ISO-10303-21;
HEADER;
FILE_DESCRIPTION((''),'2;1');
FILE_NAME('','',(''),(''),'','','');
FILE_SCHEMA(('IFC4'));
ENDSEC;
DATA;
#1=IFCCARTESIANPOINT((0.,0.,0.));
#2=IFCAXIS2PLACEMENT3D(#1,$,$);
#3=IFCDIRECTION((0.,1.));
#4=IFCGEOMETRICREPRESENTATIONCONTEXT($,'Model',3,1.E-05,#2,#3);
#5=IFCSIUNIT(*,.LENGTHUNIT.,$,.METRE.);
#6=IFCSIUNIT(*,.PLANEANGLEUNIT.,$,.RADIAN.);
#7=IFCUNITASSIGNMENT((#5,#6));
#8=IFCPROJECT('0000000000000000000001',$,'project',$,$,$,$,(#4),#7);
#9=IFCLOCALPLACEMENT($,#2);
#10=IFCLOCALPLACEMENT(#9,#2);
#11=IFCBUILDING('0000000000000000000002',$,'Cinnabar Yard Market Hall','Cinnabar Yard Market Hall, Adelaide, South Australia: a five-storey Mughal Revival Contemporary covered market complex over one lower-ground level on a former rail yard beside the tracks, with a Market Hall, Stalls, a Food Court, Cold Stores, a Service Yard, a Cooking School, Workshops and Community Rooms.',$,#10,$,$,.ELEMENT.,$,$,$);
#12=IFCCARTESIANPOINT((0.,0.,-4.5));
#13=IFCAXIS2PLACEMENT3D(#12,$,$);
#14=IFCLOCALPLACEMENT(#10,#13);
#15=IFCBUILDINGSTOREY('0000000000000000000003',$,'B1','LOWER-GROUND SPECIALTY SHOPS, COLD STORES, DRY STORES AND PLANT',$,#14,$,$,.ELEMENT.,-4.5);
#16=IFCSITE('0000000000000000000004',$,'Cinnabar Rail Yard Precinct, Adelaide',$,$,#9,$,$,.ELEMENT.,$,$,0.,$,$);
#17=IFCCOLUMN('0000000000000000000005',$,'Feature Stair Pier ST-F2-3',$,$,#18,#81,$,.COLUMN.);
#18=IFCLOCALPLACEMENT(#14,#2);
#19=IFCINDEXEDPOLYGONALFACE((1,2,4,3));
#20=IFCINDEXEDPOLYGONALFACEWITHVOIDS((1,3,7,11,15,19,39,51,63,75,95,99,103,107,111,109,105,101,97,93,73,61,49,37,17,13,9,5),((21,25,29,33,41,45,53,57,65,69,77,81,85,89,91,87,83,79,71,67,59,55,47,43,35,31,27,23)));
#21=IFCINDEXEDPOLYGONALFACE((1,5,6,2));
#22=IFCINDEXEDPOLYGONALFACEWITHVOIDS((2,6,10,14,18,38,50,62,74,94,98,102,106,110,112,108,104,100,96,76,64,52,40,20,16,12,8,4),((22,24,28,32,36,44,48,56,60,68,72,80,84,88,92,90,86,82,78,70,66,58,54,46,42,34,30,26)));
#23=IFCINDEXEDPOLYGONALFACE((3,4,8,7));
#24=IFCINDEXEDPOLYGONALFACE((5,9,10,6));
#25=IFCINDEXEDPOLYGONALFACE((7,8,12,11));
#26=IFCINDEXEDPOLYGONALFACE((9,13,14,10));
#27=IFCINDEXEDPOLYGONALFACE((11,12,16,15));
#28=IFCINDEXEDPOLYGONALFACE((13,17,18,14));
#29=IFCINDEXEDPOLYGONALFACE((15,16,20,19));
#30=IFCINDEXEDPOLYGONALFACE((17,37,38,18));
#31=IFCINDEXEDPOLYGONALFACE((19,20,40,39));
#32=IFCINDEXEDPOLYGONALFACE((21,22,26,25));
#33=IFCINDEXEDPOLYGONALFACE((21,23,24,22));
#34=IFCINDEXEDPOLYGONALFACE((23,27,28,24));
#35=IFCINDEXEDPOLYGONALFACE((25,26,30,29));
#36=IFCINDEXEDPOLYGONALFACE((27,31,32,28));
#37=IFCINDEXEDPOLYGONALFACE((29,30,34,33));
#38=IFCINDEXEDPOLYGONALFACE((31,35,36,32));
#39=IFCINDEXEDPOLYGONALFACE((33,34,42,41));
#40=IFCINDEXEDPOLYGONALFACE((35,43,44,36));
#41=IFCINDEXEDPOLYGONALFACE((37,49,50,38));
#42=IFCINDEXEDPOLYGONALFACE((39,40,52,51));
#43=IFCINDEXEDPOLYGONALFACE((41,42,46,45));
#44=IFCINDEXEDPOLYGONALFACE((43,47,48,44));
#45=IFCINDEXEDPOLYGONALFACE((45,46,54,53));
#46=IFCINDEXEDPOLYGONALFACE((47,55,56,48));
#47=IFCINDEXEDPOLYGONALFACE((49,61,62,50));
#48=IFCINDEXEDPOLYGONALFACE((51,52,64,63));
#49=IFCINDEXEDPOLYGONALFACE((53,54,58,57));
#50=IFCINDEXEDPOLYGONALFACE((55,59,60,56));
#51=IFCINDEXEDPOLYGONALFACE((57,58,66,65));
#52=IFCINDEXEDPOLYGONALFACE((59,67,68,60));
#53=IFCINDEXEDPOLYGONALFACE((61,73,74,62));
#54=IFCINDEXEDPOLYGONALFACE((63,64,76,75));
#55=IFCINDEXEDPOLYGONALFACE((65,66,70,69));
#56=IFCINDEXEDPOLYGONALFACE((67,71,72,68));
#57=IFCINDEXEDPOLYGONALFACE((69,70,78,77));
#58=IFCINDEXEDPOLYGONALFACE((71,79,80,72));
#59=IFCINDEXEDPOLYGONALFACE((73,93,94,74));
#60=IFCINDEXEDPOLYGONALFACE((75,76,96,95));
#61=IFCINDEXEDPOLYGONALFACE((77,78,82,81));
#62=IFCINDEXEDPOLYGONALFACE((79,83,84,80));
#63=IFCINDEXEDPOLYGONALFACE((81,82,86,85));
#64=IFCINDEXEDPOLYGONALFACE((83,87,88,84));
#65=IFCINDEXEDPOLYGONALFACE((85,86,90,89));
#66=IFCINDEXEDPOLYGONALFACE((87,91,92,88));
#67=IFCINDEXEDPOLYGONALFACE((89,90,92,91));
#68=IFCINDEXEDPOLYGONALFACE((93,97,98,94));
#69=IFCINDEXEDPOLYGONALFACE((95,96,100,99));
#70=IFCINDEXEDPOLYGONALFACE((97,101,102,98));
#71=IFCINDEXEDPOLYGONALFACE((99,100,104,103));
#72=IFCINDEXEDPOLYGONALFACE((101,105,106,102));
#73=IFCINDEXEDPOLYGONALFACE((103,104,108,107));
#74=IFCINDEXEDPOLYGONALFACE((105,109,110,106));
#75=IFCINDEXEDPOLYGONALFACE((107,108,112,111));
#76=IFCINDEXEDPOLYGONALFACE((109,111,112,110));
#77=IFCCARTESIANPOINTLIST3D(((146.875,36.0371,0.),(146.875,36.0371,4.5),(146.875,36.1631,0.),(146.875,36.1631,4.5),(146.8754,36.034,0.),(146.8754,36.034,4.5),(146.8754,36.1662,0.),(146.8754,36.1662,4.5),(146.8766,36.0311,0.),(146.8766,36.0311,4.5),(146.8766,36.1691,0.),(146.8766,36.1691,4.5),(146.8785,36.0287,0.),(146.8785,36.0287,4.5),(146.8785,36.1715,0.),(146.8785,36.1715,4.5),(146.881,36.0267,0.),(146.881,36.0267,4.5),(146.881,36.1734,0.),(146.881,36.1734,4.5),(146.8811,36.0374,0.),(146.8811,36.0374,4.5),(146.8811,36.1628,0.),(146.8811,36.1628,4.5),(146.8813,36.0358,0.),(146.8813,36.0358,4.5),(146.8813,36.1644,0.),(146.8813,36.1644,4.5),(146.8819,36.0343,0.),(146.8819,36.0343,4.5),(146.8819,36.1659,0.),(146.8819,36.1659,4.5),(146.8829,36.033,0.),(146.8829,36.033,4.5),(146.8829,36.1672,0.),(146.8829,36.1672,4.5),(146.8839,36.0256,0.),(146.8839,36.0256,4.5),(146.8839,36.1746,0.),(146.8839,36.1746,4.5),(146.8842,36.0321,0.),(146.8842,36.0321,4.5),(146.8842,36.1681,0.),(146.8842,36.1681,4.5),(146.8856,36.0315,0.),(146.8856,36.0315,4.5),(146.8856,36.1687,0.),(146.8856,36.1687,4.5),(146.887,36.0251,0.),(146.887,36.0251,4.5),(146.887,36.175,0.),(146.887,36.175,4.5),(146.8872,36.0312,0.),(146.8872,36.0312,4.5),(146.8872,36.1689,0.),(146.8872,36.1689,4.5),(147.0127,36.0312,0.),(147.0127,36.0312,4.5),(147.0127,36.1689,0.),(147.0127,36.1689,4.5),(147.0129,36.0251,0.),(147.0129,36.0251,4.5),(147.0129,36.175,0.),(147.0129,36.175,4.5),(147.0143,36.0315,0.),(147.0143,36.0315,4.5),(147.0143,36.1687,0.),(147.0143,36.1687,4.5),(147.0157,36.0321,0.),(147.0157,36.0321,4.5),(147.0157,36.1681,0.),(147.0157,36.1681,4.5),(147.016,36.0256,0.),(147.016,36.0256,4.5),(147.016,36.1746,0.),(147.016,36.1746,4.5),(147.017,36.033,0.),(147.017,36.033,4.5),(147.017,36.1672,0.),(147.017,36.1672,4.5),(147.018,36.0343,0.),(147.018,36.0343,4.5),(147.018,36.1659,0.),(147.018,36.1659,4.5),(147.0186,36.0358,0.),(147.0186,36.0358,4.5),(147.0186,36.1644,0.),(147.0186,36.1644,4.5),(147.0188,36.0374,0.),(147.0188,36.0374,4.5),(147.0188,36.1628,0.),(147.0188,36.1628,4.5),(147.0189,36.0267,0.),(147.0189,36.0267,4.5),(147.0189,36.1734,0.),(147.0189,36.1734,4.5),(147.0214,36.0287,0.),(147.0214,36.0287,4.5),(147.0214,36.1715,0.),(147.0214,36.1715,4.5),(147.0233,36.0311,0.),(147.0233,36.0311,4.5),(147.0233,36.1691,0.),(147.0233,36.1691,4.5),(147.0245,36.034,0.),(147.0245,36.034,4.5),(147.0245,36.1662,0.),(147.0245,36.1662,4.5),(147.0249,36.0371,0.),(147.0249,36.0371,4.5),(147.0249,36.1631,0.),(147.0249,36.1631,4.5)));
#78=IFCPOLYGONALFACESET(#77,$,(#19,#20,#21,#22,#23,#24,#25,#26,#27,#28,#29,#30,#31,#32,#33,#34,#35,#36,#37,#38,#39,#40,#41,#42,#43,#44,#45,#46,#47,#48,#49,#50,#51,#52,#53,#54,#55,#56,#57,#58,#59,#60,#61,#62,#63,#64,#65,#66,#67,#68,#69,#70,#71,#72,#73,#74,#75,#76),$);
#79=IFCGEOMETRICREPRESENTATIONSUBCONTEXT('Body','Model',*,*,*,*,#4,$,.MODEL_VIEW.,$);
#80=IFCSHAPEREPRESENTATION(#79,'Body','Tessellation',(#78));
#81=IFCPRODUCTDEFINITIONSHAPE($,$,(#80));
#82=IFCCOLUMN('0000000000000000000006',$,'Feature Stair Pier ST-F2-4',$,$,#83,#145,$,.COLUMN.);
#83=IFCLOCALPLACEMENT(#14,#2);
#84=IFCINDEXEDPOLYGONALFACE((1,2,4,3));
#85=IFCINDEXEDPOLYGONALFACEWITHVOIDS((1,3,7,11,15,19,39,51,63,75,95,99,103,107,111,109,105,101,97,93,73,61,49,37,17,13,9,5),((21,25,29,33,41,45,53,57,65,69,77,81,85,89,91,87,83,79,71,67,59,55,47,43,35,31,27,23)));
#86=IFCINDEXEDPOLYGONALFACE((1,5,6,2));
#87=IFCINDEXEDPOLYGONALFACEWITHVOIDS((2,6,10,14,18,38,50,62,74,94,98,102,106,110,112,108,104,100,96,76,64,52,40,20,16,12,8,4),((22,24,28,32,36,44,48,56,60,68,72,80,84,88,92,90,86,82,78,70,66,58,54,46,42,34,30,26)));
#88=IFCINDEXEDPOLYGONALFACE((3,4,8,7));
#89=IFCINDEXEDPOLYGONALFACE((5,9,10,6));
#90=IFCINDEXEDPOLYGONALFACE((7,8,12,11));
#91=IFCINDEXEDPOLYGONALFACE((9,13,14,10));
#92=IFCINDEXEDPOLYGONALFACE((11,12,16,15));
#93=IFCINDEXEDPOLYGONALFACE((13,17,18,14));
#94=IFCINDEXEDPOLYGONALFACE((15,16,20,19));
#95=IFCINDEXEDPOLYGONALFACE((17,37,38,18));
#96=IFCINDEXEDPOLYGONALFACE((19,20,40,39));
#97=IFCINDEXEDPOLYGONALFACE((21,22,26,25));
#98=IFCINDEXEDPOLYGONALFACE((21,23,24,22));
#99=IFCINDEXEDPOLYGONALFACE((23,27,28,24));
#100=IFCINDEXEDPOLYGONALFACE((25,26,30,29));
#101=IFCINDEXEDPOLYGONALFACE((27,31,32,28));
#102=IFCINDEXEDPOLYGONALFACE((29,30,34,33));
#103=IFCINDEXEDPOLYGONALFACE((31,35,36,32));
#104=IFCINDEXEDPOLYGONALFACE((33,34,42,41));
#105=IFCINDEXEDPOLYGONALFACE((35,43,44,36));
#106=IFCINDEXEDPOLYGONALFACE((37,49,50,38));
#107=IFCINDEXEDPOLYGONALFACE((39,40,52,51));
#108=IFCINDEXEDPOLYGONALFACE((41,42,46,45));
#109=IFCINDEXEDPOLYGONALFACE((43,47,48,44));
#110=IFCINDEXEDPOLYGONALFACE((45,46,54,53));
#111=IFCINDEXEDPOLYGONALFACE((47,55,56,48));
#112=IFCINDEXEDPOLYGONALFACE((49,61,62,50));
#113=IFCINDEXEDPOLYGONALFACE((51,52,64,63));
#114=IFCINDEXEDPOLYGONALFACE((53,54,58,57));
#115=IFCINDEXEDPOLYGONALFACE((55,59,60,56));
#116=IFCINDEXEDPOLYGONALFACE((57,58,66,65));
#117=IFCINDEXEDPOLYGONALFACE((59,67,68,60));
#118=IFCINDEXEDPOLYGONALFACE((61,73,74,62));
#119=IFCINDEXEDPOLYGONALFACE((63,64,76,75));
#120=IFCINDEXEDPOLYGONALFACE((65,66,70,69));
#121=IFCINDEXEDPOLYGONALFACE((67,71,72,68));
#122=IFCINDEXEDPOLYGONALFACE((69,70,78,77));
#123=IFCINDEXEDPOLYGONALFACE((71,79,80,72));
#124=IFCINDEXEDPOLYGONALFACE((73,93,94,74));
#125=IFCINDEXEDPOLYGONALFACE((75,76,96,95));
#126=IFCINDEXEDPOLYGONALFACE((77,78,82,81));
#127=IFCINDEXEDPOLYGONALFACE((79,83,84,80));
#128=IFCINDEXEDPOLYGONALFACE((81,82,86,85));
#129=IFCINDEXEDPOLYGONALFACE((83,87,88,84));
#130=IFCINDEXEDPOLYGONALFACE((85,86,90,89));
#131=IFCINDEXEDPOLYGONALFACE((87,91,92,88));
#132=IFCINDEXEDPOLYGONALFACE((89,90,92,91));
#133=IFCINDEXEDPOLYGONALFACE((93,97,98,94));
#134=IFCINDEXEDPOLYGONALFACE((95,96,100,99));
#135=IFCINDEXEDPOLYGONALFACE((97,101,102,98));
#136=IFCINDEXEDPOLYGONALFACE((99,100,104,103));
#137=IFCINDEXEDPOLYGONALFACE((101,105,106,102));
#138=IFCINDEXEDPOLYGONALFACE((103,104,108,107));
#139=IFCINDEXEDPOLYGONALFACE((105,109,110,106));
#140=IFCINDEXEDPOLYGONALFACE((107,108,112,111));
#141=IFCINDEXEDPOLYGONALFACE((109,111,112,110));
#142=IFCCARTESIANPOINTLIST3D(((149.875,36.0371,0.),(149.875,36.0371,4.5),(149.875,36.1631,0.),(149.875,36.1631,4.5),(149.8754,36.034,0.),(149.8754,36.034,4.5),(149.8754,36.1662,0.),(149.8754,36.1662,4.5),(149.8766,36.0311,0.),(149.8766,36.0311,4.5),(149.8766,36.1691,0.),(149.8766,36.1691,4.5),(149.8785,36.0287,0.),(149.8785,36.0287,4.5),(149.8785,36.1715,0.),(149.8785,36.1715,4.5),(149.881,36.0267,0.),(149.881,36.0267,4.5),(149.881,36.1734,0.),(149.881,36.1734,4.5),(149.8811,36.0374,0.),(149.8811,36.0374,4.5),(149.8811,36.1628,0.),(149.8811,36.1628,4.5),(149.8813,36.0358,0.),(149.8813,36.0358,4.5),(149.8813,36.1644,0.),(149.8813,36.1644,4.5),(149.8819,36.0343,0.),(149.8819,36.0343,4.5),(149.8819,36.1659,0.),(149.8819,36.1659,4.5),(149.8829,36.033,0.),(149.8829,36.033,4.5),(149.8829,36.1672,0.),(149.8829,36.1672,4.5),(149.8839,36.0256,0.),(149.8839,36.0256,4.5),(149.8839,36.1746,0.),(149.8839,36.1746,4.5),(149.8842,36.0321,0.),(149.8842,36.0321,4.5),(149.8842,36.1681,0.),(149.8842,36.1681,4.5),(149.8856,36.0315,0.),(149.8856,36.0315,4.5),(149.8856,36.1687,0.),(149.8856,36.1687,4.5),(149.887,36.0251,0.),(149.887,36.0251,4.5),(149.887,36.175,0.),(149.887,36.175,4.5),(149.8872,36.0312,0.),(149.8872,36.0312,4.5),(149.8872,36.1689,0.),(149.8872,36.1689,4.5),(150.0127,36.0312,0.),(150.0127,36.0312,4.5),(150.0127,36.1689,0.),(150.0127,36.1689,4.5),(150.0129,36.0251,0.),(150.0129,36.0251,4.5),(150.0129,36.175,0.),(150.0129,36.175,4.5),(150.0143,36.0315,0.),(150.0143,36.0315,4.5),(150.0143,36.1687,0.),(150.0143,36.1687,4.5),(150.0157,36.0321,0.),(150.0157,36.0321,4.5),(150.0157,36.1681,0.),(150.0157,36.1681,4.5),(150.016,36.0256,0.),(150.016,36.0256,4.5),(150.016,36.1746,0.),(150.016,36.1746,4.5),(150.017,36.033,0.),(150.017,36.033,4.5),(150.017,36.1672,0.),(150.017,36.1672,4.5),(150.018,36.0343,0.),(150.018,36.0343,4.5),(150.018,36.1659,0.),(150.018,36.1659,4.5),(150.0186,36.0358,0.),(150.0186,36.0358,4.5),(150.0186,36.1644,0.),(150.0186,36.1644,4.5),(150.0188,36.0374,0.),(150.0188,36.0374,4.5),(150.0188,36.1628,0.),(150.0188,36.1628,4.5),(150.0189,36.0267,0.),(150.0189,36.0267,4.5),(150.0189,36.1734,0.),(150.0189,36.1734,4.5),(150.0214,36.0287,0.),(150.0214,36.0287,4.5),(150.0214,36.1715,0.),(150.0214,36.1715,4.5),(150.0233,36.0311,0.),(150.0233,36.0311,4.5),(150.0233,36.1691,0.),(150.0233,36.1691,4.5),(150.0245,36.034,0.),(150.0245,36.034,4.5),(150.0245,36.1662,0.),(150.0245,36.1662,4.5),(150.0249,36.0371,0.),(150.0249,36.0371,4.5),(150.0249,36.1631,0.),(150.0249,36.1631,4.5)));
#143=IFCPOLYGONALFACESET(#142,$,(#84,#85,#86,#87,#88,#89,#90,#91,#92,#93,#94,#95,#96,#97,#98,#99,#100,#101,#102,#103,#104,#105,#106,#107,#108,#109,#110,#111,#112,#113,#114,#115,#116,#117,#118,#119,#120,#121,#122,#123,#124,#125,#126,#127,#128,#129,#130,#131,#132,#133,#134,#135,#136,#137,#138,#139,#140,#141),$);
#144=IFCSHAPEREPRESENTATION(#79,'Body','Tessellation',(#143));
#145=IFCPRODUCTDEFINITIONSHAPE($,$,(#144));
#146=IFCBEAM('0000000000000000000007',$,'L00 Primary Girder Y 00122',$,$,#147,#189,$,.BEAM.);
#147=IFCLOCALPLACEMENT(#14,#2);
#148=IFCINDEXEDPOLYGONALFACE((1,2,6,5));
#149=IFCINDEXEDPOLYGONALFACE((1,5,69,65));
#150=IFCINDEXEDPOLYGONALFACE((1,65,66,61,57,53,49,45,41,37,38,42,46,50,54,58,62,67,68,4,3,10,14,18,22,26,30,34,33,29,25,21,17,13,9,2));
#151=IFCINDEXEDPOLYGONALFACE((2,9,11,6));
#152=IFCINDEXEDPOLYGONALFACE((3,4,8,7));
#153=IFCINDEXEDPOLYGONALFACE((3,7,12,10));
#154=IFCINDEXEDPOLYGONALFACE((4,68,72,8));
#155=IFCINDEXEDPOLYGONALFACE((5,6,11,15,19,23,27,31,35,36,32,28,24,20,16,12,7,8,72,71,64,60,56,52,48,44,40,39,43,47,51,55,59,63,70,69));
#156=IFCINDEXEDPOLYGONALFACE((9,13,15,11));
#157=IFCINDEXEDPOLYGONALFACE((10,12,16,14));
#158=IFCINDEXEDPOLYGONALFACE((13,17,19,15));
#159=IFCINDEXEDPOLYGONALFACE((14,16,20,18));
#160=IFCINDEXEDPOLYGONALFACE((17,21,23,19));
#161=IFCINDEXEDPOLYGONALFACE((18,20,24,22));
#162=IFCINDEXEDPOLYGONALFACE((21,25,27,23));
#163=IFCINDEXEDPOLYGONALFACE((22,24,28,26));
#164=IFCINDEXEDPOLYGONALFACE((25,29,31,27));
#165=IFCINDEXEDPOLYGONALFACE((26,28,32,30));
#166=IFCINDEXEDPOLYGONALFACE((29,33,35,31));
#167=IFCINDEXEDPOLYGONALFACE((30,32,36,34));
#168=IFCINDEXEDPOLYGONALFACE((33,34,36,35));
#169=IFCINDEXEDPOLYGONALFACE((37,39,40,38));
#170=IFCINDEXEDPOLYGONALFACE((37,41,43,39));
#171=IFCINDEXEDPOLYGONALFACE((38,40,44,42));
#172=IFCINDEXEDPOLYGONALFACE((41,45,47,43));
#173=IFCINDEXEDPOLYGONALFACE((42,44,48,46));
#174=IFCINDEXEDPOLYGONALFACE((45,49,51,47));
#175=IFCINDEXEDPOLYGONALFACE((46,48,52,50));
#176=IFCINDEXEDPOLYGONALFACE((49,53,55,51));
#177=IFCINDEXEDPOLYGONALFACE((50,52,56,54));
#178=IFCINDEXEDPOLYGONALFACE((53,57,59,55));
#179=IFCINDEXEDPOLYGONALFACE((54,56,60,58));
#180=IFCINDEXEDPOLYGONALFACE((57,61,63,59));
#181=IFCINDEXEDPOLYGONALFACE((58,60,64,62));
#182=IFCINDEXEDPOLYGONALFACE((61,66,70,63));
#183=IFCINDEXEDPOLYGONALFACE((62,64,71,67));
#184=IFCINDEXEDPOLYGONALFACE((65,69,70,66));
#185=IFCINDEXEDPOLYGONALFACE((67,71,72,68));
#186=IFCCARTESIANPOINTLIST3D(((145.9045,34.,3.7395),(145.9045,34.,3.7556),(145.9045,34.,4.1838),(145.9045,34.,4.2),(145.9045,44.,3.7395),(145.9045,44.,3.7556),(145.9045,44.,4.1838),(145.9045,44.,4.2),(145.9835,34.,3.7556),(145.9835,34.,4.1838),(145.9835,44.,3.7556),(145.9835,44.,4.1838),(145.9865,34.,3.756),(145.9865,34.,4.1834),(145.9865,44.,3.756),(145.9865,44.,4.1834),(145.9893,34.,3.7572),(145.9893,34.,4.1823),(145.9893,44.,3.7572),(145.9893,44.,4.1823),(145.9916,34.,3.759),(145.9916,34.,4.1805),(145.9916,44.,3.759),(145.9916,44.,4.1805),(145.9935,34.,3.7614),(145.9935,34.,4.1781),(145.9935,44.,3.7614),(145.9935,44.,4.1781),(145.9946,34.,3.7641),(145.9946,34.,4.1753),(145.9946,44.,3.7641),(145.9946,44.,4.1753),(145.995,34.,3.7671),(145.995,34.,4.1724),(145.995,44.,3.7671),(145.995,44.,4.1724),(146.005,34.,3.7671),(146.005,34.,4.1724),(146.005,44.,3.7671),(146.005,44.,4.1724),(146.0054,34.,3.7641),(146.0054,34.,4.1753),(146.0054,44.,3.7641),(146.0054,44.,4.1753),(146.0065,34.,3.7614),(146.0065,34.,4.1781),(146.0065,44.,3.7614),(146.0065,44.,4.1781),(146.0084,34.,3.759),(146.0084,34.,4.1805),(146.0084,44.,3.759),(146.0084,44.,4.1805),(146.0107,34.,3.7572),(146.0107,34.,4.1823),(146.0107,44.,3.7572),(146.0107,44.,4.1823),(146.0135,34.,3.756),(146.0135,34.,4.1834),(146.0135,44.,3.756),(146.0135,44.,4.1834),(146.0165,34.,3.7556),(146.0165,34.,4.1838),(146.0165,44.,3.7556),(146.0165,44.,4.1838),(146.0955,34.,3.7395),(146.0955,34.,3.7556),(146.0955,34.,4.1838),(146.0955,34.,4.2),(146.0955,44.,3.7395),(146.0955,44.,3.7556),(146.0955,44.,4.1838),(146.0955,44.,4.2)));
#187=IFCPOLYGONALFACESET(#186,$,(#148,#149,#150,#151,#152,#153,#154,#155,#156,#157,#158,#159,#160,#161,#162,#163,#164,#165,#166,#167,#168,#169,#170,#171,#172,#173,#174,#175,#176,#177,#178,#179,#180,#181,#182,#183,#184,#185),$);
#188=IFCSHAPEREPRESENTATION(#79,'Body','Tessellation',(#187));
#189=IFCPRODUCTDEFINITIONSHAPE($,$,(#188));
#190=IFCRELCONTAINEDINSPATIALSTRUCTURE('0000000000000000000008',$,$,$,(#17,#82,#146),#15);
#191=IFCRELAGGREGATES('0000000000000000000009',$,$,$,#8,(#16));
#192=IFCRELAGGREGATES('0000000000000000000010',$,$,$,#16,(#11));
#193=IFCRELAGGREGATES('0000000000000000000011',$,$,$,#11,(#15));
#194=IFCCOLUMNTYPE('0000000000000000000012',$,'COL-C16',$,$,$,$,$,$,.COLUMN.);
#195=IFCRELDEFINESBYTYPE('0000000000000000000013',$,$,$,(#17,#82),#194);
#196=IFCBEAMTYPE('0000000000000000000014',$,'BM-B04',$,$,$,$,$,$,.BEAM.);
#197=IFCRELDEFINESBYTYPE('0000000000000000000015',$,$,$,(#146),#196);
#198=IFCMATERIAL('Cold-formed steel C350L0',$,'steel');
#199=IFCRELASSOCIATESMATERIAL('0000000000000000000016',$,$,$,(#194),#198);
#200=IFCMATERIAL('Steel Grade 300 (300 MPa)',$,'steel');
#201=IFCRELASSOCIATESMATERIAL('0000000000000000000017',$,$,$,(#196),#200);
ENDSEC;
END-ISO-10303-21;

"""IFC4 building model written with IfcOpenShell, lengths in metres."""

from ifc_helpers import new_model, si_unit, direction, frame, origin, origin_2d_with_axis, place, context, subcontext, project, spatial, hollow_rectangle, i_section, extrude, material, material_profile, profile_set, type_object, element, save


model = new_model("IFC4")

# Units and contexts
model_context = context("Model", 3, precision=1e-05, world=origin(), true_north=direction((0.0, 1.0)))
body_context = subcontext(model_context, "Body", "Model", "MODEL_VIEW")
ifc_project = project(units=[si_unit("LENGTHUNIT", "METRE"), si_unit("PLANEANGLEUNIT", "RADIAN")], contexts=[model_context])

# Site, building, storey
site_placement = place(None, origin())
site = spatial("IfcSite", under=ifc_project, at=site_placement, Name="Cinnabar Rail Yard Precinct, Adelaide", CompositionType="ELEMENT", RefElevation=0.0)
building_placement = place(site_placement, origin())
building = spatial("IfcBuilding", under=site, at=building_placement, Name="Cinnabar Yard Market Hall", Description="Cinnabar Yard Market Hall, Adelaide, South Australia: a five-storey Mughal Revival Contemporary covered market complex over one lower-ground level on a former rail yard beside the tracks, with a Market Hall, Stalls, a Food Court, Cold Stores, a Service Yard, a Cooking School, Workshops and Community Rooms.", CompositionType="ELEMENT")
storey_placement = place(building_placement, frame((0.0, 0.0, -4.5)))
storey = spatial("IfcBuildingStorey", under=building, at=storey_placement, Name="B1", Description="LOWER-GROUND SPECIALTY SHOPS, COLD STORES, DRY STORES AND PLANT", CompositionType="ELEMENT", Elevation=-4.5)

# Columns
ifc_material_1 = material(Name="Cold-formed steel C350L0", Category="steel")
ifc_material_profile_1 = material_profile(ifc_material_1, hollow_rectangle(XDim=0.1499, YDim=0.1499, WallThickness=0.0061, InnerFilletRadius=0.0061, OuterFilletRadius=0.012, at=origin_2d_with_axis()), Name="150x150x6.0SHS")
ifc_profile_set_1 = profile_set([ifc_material_profile_1], Name="Cold-formed steel C350L0")
column_type_1 = type_object("IfcColumnType", Name="COL-C16", PredefinedType="COLUMN", material=ifc_profile_set_1)
for number, where, z_axis, x_axis, name in (
    (1, (146.95, 36.1001, 0.0), (0.0, 0.0, 1.0), (1.0, 0.0, 0.0), "Feature Stair Pier ST-F2-3"),
    (2, (149.95, 36.1001, 0.0), (0.0, 0.0, 1.0), (1.0, 0.0, 0.0), "Feature Stair Pier ST-F2-4"),
):
    element("IfcColumn", number, at=place(storey_placement, frame(where, z_axis=z_axis, x_axis=x_axis)), inside=storey, type_object=column_type_1, Name=name, PredefinedType="COLUMN", context=body_context, shape_type="SweptSolid", body=[
        extrude(hollow_rectangle(XDim=0.1499, YDim=0.1499, WallThickness=0.0061, InnerFilletRadius=0.0061, OuterFilletRadius=0.012, at=origin_2d_with_axis()), origin(), (0.0, 0.0, 1.0), 4.5),
    ])

# Beam
ifc_material_2 = material(Name="Steel Grade 300 (300 MPa)", Category="steel")
ifc_material_profile_2 = material_profile(ifc_material_2, i_section(OverallWidth=0.1909, OverallDepth=0.4604, WebThickness=0.01, FlangeThickness=0.0161, FilletRadius=0.0115, at=origin_2d_with_axis()), Name="460UB82.1")
ifc_profile_set_2 = profile_set([ifc_material_profile_2], Name="Steel Grade 300 (300 MPa)")
beam_type_1 = type_object("IfcBeamType", Name="BM-B04", PredefinedType="BEAM", material=ifc_profile_set_2)
for number, where, z_axis, x_axis, name in (
    (3, (146.0, 34.0, 3.9697), (0.0, 1.0, 0.0), (-1.0, 0.0, 0.0), "L00 Primary Girder Y 00122"),
):
    element("IfcBeam", number, at=place(storey_placement, frame(where, z_axis=z_axis, x_axis=x_axis)), inside=storey, type_object=beam_type_1, Name=name, PredefinedType="BEAM", context=body_context, shape_type="SweptSolid", body=[
        extrude(i_section(OverallWidth=0.1909, OverallDepth=0.4604, WebThickness=0.01, FlangeThickness=0.0161, FilletRadius=0.0115, at=origin_2d_with_axis()), origin(), (0.0, 0.0, 1.0), 10.0),
    ])

save(model, "model.ifc")
